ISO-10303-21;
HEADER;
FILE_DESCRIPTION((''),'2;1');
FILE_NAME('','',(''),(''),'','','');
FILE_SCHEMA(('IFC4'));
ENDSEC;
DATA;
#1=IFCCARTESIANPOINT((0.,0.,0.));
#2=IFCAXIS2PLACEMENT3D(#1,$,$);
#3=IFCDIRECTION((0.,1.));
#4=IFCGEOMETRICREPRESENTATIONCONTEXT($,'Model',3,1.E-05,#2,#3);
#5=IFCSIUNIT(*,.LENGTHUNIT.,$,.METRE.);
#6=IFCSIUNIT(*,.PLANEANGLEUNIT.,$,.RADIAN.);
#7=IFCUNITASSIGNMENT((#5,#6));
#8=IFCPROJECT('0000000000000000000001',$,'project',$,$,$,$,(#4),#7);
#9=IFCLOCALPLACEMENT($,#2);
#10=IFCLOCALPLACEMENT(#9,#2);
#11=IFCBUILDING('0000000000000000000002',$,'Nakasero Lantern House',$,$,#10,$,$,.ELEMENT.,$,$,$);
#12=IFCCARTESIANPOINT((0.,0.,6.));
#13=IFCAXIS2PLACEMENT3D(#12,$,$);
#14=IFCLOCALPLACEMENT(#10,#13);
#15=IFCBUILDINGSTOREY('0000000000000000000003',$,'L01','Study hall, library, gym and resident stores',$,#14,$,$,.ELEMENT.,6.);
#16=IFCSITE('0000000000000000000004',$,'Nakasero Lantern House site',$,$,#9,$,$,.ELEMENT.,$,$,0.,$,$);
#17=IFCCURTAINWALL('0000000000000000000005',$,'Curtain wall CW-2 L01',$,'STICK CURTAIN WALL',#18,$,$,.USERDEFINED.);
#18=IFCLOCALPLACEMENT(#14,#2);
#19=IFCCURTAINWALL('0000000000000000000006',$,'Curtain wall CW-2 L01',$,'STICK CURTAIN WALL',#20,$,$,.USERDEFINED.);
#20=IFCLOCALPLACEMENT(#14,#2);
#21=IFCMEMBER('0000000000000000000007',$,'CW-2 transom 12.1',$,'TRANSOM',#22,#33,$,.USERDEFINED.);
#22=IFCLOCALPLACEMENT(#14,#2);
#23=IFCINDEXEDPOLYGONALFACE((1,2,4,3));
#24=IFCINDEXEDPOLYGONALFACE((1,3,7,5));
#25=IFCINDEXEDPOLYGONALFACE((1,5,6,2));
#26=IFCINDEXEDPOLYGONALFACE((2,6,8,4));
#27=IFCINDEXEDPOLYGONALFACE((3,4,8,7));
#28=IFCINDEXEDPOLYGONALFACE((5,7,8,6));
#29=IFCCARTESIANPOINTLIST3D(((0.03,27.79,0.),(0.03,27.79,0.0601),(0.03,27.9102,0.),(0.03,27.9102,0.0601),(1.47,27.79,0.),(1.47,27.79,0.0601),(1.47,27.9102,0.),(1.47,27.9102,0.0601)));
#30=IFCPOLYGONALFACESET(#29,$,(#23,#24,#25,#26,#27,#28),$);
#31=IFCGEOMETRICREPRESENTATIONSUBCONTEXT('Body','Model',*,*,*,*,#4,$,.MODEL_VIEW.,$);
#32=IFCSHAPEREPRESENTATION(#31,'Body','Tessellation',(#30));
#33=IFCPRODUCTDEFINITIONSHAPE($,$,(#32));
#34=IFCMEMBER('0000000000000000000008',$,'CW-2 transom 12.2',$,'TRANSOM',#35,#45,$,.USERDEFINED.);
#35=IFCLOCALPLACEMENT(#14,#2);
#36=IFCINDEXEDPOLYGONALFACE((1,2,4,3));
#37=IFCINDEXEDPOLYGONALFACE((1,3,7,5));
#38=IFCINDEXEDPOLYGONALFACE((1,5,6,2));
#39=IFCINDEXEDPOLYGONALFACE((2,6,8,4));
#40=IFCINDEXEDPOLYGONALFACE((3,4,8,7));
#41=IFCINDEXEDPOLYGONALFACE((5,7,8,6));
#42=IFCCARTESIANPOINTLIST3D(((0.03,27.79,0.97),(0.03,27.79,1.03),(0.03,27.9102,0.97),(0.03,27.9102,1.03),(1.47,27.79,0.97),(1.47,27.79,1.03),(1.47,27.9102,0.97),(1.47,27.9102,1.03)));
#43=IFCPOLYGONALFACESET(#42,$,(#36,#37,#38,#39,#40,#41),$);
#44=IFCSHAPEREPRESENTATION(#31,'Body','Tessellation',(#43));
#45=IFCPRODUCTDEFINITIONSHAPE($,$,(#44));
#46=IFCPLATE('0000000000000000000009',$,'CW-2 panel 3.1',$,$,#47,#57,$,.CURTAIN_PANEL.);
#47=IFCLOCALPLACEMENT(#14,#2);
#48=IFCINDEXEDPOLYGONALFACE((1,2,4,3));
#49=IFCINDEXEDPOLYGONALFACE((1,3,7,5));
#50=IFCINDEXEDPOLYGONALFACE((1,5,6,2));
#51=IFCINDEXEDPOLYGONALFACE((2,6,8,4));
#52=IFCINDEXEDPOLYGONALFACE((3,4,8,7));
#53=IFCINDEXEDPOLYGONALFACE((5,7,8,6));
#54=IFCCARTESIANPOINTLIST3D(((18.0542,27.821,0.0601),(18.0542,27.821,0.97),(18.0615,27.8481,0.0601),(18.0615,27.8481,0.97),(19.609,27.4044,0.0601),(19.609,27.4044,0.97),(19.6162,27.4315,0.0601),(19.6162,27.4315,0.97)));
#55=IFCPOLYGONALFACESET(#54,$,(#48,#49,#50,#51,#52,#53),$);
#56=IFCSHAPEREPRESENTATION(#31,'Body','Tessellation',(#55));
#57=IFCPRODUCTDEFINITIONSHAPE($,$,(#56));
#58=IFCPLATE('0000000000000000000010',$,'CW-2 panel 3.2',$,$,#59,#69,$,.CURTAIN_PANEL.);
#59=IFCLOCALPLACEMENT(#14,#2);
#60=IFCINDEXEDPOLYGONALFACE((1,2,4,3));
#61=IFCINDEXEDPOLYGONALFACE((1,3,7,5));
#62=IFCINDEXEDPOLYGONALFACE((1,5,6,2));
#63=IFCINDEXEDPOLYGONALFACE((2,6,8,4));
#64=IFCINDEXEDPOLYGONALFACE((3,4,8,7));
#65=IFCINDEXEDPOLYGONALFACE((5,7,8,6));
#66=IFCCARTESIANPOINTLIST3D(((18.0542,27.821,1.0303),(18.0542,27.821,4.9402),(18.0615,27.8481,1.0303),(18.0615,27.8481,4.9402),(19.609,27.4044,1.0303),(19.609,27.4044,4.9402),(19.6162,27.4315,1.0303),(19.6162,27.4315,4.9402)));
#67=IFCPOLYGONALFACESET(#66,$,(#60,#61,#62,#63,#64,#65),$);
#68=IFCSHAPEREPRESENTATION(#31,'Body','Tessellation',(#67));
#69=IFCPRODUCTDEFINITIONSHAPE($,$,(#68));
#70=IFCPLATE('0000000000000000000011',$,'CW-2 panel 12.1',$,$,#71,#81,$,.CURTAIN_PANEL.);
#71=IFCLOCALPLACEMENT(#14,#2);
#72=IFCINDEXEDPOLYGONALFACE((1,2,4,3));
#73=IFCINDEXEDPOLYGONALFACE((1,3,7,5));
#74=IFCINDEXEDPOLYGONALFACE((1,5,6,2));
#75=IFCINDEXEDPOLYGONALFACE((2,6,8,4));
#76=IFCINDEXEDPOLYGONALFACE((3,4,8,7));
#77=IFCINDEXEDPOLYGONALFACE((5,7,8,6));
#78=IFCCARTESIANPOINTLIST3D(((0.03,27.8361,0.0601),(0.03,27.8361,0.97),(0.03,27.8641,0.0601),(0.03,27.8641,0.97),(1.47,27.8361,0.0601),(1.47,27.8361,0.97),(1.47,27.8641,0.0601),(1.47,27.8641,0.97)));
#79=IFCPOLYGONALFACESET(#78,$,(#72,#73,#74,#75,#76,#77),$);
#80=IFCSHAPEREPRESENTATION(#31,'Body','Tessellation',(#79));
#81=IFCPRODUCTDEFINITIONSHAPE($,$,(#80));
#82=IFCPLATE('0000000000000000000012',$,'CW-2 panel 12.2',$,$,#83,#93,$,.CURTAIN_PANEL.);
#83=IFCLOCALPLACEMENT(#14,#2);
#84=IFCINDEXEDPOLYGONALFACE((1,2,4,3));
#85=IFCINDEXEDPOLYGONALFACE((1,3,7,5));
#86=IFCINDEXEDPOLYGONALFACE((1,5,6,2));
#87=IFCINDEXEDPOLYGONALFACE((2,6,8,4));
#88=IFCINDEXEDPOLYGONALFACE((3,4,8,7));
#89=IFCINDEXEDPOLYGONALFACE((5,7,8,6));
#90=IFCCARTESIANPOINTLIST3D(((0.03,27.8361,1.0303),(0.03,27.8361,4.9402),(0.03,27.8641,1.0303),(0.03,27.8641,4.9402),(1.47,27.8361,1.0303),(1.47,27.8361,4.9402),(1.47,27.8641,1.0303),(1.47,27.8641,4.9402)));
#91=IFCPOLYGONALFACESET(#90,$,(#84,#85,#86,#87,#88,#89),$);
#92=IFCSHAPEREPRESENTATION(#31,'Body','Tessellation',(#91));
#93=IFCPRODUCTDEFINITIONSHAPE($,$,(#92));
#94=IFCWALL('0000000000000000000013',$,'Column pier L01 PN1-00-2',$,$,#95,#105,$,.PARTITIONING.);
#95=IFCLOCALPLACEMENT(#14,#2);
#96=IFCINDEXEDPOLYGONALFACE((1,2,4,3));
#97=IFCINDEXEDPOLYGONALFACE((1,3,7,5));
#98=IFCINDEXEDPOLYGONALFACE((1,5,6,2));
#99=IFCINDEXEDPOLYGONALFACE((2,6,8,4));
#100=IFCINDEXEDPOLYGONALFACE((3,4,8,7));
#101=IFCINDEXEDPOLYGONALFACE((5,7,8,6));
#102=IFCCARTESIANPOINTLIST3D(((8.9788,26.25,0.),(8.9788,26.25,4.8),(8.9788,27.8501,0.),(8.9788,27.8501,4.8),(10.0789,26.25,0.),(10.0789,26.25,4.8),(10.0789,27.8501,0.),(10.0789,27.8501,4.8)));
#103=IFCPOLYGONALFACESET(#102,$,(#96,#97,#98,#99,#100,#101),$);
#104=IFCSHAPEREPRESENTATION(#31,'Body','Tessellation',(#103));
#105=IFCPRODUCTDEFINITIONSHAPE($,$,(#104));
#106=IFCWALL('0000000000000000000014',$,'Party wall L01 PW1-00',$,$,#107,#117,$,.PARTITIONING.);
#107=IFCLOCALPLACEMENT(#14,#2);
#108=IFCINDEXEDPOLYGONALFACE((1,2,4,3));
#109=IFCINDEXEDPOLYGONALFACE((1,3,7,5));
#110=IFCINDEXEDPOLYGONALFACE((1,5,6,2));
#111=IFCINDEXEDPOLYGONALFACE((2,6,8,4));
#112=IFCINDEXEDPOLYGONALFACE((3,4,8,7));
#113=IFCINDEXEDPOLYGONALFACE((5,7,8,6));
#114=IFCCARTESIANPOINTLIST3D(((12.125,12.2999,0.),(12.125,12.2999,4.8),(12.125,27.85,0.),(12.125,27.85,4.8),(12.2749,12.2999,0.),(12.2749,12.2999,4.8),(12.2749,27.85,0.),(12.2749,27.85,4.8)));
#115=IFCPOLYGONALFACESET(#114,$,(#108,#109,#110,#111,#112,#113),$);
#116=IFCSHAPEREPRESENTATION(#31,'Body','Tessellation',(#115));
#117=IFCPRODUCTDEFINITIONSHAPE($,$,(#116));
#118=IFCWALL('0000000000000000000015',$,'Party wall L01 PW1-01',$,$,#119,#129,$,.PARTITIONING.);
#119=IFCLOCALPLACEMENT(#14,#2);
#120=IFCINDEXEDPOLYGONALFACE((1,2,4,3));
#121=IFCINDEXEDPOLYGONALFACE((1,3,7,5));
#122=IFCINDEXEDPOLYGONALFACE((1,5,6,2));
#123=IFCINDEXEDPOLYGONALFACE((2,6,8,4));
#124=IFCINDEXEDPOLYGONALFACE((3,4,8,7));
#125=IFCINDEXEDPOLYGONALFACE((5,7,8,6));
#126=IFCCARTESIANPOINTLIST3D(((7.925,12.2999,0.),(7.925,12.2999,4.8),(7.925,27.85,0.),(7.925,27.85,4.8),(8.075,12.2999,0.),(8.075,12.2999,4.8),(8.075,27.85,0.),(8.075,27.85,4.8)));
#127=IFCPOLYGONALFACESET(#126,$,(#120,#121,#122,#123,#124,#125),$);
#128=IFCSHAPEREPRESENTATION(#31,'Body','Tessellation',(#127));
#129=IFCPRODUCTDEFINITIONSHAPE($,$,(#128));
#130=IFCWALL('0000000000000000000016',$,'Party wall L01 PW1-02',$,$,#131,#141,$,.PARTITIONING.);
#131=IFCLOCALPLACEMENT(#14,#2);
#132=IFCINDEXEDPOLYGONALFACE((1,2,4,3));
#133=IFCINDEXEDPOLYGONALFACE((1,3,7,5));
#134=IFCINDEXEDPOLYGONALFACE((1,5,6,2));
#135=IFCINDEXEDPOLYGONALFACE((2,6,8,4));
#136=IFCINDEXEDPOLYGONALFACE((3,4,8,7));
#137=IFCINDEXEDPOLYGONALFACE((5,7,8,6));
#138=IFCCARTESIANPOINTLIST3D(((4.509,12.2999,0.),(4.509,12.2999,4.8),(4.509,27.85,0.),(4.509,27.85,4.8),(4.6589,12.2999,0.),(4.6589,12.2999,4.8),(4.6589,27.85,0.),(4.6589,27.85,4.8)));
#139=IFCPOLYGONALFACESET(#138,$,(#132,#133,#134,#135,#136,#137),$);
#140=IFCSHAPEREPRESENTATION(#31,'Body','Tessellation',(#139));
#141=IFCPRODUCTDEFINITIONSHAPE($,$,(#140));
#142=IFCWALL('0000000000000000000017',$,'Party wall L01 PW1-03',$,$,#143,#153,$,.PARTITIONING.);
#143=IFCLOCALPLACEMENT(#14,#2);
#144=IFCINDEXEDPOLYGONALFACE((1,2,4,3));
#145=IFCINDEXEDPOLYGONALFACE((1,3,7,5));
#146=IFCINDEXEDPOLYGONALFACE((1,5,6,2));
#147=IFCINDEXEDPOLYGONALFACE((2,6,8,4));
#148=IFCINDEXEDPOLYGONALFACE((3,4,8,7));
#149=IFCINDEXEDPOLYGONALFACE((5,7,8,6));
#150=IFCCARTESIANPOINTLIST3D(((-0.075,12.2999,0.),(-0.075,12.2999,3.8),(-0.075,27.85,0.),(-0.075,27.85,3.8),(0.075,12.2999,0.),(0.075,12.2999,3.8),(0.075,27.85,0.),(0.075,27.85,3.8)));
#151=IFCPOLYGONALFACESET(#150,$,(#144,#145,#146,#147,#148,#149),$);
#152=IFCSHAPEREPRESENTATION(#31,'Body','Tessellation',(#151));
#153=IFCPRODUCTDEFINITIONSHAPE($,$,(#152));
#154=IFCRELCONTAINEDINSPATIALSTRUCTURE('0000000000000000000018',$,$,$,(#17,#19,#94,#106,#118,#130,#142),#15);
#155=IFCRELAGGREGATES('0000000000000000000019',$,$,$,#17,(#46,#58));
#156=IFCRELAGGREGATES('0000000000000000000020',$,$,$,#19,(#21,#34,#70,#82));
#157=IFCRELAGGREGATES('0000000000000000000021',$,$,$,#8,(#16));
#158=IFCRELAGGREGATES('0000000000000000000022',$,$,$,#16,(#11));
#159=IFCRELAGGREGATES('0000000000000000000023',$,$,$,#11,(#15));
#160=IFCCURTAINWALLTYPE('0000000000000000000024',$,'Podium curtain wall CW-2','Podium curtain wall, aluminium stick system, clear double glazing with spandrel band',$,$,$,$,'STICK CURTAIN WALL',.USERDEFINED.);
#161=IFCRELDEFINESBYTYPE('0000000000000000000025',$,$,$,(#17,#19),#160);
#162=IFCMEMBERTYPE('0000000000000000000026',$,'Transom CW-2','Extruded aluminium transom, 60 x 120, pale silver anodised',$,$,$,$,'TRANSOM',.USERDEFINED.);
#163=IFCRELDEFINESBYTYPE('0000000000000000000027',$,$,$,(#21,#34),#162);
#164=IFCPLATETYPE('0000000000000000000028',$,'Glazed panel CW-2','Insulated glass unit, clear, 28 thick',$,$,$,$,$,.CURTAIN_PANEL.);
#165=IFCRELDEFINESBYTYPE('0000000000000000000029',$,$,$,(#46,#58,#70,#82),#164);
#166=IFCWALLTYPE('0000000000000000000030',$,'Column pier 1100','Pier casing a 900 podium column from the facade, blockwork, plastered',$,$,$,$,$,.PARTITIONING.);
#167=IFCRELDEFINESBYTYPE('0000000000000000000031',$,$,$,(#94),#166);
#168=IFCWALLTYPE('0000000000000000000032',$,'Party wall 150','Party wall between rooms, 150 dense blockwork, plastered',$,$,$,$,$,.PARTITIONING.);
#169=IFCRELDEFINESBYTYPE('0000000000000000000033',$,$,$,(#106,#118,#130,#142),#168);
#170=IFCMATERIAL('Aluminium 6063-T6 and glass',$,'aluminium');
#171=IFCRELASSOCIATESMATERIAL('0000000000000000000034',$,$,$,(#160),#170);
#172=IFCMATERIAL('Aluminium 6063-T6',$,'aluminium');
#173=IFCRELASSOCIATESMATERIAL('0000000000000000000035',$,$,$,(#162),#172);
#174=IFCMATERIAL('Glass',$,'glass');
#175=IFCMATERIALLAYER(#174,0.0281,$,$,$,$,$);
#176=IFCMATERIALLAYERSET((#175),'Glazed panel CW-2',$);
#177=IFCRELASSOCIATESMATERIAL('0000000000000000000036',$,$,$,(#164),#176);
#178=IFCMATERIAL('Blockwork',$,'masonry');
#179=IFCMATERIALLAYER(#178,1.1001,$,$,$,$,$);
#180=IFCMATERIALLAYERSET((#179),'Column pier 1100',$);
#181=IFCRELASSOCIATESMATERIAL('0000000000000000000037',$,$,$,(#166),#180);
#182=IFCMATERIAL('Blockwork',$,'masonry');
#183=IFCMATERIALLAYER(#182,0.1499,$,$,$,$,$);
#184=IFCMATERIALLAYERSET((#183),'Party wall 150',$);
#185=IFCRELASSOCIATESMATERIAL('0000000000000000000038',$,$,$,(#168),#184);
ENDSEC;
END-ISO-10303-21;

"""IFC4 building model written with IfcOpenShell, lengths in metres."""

from ifc_helpers import new_model, si_unit, direction, frame, frame_2d, origin, origin_2d, place, context, subcontext, project, spatial, rectangle, extrude, material, layer, layer_set, material_profile, profile_set, type_object, element, aggregate, save


model = new_model("IFC4")

# Units and contexts
model_context = context("Model", 3, precision=1e-05, world=origin(), true_north=direction((0.0, 1.0)))
body_context = subcontext(model_context, "Body", "Model", "MODEL_VIEW")
ifc_project = project(units=[si_unit("LENGTHUNIT", "METRE"), si_unit("PLANEANGLEUNIT", "RADIAN")], contexts=[model_context])

# Site, building, storey
site_placement = place(None, origin())
site = spatial("IfcSite", under=ifc_project, at=site_placement, Name="Nakasero Lantern House site", CompositionType="ELEMENT", RefElevation=0.0)
building_placement = place(site_placement, origin())
building = spatial("IfcBuilding", under=site, at=building_placement, Name="Nakasero Lantern House", CompositionType="ELEMENT")
storey_placement = place(building_placement, frame((0.0, 0.0, 6.0)))
storey = spatial("IfcBuildingStorey", under=building, at=storey_placement, Name="L01", Description="Study hall, library, gym and resident stores", CompositionType="ELEMENT", Elevation=6.0)

# Curtain walls
ifc_material_1 = material(Name="Aluminium 6063-T6 and glass", Category="aluminium")
curtain_wall_type = type_object("IfcCurtainWallType", Name="Podium curtain wall CW-2", Description="Podium curtain wall, aluminium stick system, clear double glazing with spandrel band", ElementType="STICK CURTAIN WALL", PredefinedType="USERDEFINED", material=ifc_material_1)
curtain_wall_1_placement = place(storey_placement, origin())
curtain_wall_1 = element("IfcCurtainWall", 1, at=curtain_wall_1_placement, inside=storey, type_object=curtain_wall_type, Name="Curtain wall CW-2 L01", ObjectType="STICK CURTAIN WALL", PredefinedType="USERDEFINED")
curtain_wall_2_placement = place(storey_placement, origin())
curtain_wall_2 = element("IfcCurtainWall", 2, at=curtain_wall_2_placement, inside=storey, type_object=curtain_wall_type, Name="Curtain wall CW-2 L01", ObjectType="STICK CURTAIN WALL", PredefinedType="USERDEFINED")

# Members
ifc_material_2 = material(Name="Aluminium 6063-T6", Category="aluminium")
ifc_material_profile_1 = material_profile(ifc_material_2, rectangle(XDim=0.0601, YDim=0.1201, at=origin_2d()), Name="CW-2 transom 60x120")
ifc_profile_set_1 = profile_set([ifc_material_profile_1], Name="Aluminium 6063-T6")
member_type_1 = type_object("IfcMemberType", Name="Transom CW-2", Description="Extruded aluminium transom, 60 x 120, pale silver anodised", ElementType="TRANSOM", PredefinedType="USERDEFINED", material=ifc_profile_set_1)
member_1_placement = place(storey_placement, frame((1.47, 27.8501, 0.03), z_axis=(-1.0, 0.0, 0.0), x_axis=(0.0, 0.0, 1.0)))
member_1 = element("IfcMember", 3, at=member_1_placement, type_object=member_type_1, Name="CW-2 transom 12.1", ObjectType="TRANSOM", PredefinedType="USERDEFINED", context=body_context, shape_type="SweptSolid", body=[
    extrude(rectangle(XDim=0.0601, YDim=0.1201, at=origin_2d()), origin(), (0.0, 0.0, 1.0), 1.4399),
])
member_2_placement = place(storey_placement, frame((1.47, 27.8501, 1.0), z_axis=(-1.0, 0.0, 0.0), x_axis=(0.0, 0.0, 1.0)))
member_2 = element("IfcMember", 4, at=member_2_placement, type_object=member_type_1, Name="CW-2 transom 12.2", ObjectType="TRANSOM", PredefinedType="USERDEFINED", context=body_context, shape_type="SweptSolid", body=[
    extrude(rectangle(XDim=0.0601, YDim=0.1201, at=origin_2d()), origin(), (0.0, 0.0, 1.0), 1.4399),
])

# Plates
ifc_material_3 = material(Name="Glass", Category="glass")
ifc_layer_1 = layer(ifc_material_3, 0.0281)
ifc_layer_set_1 = layer_set([ifc_layer_1], Name="Glazed panel CW-2")
plate_type = type_object("IfcPlateType", Name="Glazed panel CW-2", Description="Insulated glass unit, clear, 28 thick", PredefinedType="CURTAIN_PANEL", material=ifc_layer_set_1)
plate_1_placement = place(storey_placement, frame((18.8352, 27.6262, 0.0601), z_axis=(0.0, 0.0, 1.0), x_axis=(-0.965926, 0.258819, 0.0)))
plate_1 = element("IfcPlate", 5, at=plate_1_placement, type_object=plate_type, Name="CW-2 panel 3.1", PredefinedType="CURTAIN_PANEL", context=body_context, shape_type="SweptSolid", body=[
    extrude(rectangle(XDim=1.6096, YDim=0.0281, at=origin_2d()), origin(), (0.0, 0.0, 1.0), 0.9099),
])
plate_2_placement = place(storey_placement, frame((18.8352, 27.6262, 1.0303), z_axis=(0.0, 0.0, 1.0), x_axis=(-0.965926, 0.258819, 0.0)))
plate_2 = element("IfcPlate", 6, at=plate_2_placement, type_object=plate_type, Name="CW-2 panel 3.2", PredefinedType="CURTAIN_PANEL", context=body_context, shape_type="SweptSolid", body=[
    extrude(rectangle(XDim=1.6096, YDim=0.0281, at=origin_2d()), origin(), (0.0, 0.0, 1.0), 3.9099),
])
aggregate(curtain_wall_1, [plate_1, plate_2])
plate_3_placement = place(storey_placement, frame((0.75, 27.8501, 0.0601), z_axis=(0.0, 0.0, 1.0), x_axis=(-1.0, 0.0, 0.0)))
plate_3 = element("IfcPlate", 7, at=plate_3_placement, type_object=plate_type, Name="CW-2 panel 12.1", PredefinedType="CURTAIN_PANEL", context=body_context, shape_type="SweptSolid", body=[
    extrude(rectangle(XDim=1.4399, YDim=0.0281, at=origin_2d()), origin(), (0.0, 0.0, 1.0), 0.9099),
])
plate_4_placement = place(storey_placement, frame((0.75, 27.8501, 1.0303), z_axis=(0.0, 0.0, 1.0), x_axis=(-1.0, 0.0, 0.0)))
plate_4 = element("IfcPlate", 8, at=plate_4_placement, type_object=plate_type, Name="CW-2 panel 12.2", PredefinedType="CURTAIN_PANEL", context=body_context, shape_type="SweptSolid", body=[
    extrude(rectangle(XDim=1.4399, YDim=0.0281, at=origin_2d()), origin(), (0.0, 0.0, 1.0), 3.9099),
])
aggregate(curtain_wall_2, [member_1, member_2, plate_3, plate_4])

# Walls
ifc_material_4 = material(Name="Blockwork", Category="masonry")
ifc_layer_2 = layer(ifc_material_4, 1.1001)
ifc_layer_set_2 = layer_set([ifc_layer_2], Name="Column pier 1100")
wall_type_1 = type_object("IfcWallType", Name="Column pier 1100", Description="Pier casing a 900 podium column from the facade, blockwork, plastered", PredefinedType="PARTITIONING", material=ifc_layer_set_2)
wall_1_placement = place(storey_placement, frame((9.5288, 26.25, 0.0), z_axis=(0.0, 0.0, 1.0), x_axis=(0.0, 1.0, 0.0)))
element("IfcWall", 9, at=wall_1_placement, inside=storey, type_object=wall_type_1, Name="Column pier L01 PN1-00-2", PredefinedType="PARTITIONING", context=body_context, shape_type="SweptSolid", body=[
    extrude(rectangle(XDim=1.6001, YDim=1.1001, at=frame_2d((0.8, 0.0))), origin(), (0.0, 0.0, 1.0), 4.8),
])
ifc_material_5 = material(Name="Blockwork", Category="masonry")
ifc_layer_3 = layer(ifc_material_5, 0.1499)
ifc_layer_set_3 = layer_set([ifc_layer_3], Name="Party wall 150")
wall_type_2 = type_object("IfcWallType", Name="Party wall 150", Description="Party wall between rooms, 150 dense blockwork, plastered", PredefinedType="PARTITIONING", material=ifc_layer_set_3)
for number, where, z_axis, x_axis, name in (
    (10, (12.2, 12.3, 0.0), (0.0, 0.0, 1.0), (0.0, 1.0, 0.0), "Party wall L01 PW1-00"),
    (11, (8.0, 12.3, 0.0), (0.0, 0.0, 1.0), (0.0, 1.0, 0.0), "Party wall L01 PW1-01"),
    (12, (4.584, 12.3, 0.0), (0.0, 0.0, 1.0), (0.0, 1.0, 0.0), "Party wall L01 PW1-02"),
):
    element("IfcWall", number, at=place(storey_placement, frame(where, z_axis=z_axis, x_axis=x_axis)), inside=storey, type_object=wall_type_2, Name=name, PredefinedType="PARTITIONING", context=body_context, shape_type="SweptSolid", body=[
        extrude(rectangle(XDim=15.55, YDim=0.1499, at=frame_2d((7.7749, 0.0))), origin(), (0.0, 0.0, 1.0), 4.8),
    ])
wall_2_placement = place(storey_placement, frame((0.0, 12.3, 0.0), z_axis=(0.0, 0.0, 1.0), x_axis=(0.0, 1.0, 0.0)))
element("IfcWall", 13, at=wall_2_placement, inside=storey, type_object=wall_type_2, Name="Party wall L01 PW1-03", PredefinedType="PARTITIONING", context=body_context, shape_type="SweptSolid", body=[
    extrude(rectangle(XDim=15.55, YDim=0.1499, at=frame_2d((7.7749, 0.0))), origin(), (0.0, 0.0, 1.0), 3.8),
])

save(model, "model.ifc")
